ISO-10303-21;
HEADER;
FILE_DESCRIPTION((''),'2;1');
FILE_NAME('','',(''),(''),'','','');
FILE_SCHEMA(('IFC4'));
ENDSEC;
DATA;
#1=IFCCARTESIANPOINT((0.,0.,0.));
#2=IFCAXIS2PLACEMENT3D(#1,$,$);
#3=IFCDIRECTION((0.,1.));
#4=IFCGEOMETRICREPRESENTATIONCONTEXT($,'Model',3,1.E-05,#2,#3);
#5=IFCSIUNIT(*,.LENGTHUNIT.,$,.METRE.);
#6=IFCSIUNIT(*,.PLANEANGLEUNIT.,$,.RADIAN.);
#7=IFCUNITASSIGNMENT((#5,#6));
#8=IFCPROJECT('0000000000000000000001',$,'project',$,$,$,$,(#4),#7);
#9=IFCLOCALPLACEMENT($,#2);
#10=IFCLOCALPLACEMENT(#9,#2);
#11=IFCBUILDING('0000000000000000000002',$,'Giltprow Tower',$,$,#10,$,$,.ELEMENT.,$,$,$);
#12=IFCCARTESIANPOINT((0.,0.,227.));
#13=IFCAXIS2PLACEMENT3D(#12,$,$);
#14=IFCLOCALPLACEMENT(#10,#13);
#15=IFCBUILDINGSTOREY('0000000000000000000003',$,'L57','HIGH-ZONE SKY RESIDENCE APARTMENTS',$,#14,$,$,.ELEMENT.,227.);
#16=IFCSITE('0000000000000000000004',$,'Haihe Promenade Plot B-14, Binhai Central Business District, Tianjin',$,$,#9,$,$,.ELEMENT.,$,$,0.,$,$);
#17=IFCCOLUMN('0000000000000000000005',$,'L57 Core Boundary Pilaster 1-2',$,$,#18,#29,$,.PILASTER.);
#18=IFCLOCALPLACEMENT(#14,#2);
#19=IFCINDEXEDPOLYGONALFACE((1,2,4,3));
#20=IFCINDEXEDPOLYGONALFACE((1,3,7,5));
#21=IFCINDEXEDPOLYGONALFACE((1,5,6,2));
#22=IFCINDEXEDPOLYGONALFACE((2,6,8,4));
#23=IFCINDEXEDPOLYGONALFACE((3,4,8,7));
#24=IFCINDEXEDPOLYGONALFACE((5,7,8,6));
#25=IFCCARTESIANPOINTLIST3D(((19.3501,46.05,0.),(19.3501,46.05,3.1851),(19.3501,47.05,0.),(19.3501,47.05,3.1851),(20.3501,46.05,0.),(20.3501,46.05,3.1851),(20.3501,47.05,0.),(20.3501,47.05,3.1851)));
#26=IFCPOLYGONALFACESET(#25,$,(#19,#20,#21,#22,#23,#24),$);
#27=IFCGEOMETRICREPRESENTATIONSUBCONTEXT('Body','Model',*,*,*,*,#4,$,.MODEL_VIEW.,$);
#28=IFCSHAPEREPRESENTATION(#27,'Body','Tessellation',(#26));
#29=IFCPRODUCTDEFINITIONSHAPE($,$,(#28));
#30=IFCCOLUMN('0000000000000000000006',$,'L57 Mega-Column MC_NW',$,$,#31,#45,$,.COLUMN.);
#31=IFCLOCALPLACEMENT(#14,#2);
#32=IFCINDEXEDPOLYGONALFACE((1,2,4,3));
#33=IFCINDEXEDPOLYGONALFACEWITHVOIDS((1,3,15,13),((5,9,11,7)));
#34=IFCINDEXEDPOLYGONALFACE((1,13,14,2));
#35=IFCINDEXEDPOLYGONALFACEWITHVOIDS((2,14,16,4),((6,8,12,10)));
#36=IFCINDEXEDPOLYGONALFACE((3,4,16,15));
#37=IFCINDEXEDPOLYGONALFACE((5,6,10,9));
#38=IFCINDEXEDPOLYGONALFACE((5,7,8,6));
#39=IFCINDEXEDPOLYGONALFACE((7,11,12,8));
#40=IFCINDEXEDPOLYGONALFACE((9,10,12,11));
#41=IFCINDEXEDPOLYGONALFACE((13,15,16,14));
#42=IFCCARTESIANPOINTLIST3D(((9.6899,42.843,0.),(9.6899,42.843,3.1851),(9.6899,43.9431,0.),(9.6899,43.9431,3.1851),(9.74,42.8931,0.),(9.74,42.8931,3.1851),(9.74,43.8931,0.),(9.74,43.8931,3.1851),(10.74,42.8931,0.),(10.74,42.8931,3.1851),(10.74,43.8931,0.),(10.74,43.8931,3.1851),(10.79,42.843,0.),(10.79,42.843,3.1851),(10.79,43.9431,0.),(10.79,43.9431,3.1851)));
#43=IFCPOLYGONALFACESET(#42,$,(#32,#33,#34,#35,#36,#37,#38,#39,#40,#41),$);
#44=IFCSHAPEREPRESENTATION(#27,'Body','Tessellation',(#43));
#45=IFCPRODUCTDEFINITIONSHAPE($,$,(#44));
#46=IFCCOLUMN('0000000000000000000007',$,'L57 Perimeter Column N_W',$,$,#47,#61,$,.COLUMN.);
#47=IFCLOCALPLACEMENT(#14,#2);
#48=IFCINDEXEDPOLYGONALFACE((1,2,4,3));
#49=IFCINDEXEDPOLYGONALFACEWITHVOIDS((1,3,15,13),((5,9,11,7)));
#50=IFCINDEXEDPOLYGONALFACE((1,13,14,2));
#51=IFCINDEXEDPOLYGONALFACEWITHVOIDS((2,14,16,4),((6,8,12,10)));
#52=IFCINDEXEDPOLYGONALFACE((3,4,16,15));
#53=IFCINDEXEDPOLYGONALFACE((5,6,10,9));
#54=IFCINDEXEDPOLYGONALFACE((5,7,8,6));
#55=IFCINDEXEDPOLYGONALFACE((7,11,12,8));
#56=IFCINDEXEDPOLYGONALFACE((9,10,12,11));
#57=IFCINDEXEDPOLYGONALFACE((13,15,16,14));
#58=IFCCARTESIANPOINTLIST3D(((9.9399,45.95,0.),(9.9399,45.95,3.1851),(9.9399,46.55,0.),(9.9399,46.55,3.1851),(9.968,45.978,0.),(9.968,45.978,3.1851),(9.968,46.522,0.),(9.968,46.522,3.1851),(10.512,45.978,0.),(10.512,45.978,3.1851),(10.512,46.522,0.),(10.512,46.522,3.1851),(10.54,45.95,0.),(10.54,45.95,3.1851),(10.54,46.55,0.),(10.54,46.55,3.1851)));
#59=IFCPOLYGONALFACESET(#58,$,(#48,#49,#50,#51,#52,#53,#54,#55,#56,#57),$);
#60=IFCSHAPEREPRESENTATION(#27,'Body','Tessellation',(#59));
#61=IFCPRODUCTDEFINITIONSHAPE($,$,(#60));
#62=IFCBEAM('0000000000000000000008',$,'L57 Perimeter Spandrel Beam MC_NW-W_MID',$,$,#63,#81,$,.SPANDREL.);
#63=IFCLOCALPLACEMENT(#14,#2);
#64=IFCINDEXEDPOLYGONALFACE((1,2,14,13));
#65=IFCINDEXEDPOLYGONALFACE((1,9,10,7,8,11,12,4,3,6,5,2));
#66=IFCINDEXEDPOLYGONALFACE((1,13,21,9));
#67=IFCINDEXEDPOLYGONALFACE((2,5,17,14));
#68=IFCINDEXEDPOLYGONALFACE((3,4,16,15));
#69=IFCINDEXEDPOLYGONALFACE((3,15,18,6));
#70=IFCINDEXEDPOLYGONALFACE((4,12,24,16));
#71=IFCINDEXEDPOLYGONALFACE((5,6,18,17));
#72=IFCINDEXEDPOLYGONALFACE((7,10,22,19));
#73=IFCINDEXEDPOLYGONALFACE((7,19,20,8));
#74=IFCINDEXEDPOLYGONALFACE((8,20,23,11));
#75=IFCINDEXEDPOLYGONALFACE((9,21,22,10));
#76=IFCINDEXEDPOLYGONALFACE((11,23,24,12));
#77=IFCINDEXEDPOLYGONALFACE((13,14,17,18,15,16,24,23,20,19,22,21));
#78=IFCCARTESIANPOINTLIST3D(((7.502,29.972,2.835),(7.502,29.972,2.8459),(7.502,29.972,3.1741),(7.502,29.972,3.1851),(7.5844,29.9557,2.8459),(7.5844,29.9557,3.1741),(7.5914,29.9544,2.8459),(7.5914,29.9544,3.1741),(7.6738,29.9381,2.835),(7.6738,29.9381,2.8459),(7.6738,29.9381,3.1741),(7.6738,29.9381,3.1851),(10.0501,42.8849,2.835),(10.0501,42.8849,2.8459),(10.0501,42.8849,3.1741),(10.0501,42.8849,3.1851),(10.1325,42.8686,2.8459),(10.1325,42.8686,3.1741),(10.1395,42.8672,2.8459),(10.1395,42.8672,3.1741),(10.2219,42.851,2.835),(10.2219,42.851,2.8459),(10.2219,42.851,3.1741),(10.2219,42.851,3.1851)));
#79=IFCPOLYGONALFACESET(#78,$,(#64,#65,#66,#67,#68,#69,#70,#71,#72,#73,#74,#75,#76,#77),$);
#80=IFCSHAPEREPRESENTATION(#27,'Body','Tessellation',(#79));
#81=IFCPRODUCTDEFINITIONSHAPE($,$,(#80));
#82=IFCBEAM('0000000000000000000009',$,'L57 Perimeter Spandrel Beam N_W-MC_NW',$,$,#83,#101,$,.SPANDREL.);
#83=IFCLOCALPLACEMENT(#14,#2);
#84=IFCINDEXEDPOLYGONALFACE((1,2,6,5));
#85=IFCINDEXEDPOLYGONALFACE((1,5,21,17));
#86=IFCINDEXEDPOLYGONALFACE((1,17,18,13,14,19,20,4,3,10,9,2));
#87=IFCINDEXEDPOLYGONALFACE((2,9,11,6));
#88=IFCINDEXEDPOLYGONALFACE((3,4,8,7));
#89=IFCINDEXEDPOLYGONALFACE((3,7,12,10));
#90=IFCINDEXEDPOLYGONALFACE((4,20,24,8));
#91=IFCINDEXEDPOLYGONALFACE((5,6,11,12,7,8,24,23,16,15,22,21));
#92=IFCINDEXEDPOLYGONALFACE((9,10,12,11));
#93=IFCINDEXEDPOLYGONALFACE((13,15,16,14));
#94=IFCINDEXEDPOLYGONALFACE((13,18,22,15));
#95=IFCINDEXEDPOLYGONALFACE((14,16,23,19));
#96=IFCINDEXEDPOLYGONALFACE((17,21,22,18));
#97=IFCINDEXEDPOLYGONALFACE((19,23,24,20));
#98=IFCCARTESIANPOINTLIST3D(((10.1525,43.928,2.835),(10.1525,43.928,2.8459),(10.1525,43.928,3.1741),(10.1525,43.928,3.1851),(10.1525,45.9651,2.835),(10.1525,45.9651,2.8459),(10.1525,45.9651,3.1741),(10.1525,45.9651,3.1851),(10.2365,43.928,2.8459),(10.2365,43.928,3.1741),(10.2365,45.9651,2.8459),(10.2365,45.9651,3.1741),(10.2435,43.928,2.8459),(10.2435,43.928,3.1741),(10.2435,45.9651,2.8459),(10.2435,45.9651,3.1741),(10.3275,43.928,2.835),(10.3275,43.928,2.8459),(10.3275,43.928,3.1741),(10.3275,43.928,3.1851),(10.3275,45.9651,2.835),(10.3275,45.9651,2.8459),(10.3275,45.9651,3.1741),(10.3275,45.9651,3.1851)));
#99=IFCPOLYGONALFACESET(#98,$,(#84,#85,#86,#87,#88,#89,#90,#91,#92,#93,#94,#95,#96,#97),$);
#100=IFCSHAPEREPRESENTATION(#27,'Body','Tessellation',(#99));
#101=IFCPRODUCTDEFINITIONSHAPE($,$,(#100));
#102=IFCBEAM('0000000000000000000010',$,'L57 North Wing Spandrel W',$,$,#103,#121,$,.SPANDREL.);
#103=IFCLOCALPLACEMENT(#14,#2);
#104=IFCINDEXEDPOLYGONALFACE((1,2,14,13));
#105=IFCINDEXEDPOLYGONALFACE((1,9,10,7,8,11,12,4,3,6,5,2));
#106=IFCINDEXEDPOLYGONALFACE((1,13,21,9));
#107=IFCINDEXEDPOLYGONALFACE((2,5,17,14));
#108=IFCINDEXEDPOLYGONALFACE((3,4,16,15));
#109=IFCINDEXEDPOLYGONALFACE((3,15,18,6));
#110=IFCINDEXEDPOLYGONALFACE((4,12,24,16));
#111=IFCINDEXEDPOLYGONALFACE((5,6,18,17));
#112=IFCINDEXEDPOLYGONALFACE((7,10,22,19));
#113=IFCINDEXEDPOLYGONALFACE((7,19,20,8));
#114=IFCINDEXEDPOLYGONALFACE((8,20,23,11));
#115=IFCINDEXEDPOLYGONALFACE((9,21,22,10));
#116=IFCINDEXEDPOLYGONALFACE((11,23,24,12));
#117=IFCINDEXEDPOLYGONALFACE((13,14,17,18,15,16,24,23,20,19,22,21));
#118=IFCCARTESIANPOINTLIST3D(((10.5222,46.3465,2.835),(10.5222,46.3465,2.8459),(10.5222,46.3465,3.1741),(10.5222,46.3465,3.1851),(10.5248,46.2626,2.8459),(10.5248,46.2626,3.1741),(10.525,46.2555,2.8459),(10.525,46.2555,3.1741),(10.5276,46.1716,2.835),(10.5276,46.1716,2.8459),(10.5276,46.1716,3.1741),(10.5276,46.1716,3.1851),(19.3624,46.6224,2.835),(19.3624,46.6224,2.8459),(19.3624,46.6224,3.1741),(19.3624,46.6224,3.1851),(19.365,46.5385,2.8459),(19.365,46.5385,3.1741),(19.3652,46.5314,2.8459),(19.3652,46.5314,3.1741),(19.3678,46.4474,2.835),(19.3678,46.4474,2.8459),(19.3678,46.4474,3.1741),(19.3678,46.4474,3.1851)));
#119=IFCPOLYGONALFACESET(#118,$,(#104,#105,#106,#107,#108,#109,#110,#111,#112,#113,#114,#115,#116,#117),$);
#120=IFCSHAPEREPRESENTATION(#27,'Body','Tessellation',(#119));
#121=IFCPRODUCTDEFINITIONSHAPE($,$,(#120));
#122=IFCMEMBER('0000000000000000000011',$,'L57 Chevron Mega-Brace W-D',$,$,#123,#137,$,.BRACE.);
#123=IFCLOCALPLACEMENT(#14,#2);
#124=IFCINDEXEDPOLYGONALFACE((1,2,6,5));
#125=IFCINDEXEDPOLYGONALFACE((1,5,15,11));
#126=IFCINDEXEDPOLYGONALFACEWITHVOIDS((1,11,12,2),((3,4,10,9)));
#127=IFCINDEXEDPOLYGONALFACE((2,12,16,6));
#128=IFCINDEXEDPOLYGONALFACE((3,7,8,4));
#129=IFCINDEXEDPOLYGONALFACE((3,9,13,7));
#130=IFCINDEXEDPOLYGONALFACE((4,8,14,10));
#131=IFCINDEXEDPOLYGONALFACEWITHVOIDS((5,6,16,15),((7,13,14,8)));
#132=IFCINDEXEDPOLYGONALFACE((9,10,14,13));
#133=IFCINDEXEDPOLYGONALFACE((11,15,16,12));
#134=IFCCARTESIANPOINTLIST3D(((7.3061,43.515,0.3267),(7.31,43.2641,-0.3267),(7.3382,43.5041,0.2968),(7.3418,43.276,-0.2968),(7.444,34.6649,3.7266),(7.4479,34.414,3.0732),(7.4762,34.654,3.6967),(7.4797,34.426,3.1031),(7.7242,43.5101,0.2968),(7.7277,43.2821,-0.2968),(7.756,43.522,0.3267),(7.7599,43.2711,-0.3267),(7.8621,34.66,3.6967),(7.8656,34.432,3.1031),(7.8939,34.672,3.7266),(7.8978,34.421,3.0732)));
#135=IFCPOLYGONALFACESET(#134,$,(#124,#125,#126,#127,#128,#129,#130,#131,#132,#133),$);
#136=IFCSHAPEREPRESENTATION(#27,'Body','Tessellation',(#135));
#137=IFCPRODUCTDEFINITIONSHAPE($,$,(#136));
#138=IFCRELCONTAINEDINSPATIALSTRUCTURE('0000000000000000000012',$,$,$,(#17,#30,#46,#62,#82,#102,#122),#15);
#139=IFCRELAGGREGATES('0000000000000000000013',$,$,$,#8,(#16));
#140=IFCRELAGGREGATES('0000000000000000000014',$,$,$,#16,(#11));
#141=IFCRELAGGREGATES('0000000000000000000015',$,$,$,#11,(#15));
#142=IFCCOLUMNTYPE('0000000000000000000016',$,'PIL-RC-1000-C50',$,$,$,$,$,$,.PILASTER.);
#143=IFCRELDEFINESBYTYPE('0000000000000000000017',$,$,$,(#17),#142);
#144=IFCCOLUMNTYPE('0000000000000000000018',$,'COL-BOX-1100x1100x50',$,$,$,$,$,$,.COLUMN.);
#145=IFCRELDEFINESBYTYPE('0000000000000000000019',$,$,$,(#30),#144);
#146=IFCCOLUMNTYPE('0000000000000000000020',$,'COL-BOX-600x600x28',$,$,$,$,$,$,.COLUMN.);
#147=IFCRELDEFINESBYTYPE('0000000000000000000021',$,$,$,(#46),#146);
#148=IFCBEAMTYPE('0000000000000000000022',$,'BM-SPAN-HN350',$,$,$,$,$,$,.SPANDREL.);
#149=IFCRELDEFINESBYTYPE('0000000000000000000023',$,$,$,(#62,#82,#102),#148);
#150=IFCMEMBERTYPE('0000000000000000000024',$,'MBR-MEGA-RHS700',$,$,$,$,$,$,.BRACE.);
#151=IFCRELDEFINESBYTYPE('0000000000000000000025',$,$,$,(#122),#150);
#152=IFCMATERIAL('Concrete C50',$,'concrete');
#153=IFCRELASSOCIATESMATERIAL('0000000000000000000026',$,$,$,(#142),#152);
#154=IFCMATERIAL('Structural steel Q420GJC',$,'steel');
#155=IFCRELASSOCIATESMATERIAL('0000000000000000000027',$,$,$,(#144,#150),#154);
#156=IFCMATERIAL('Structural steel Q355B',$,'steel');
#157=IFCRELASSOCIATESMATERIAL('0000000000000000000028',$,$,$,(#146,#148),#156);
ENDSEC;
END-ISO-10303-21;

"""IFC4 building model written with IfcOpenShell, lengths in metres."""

from ifc_helpers import new_model, si_unit, direction, frame, origin, origin_2d, place, context, subcontext, project, spatial, rectangle, hollow_rectangle, i_section, extrude, source, transform, mapped, material, material_profile, profile_set, type_object, element, save


model = new_model("IFC4")

# Units and contexts
model_context = context("Model", 3, precision=1e-05, world=origin(), true_north=direction((0.0, 1.0)))
body_context = subcontext(model_context, "Body", "Model", "MODEL_VIEW")
ifc_project = project(units=[si_unit("LENGTHUNIT", "METRE"), si_unit("PLANEANGLEUNIT", "RADIAN")], contexts=[model_context])

# Site, building, storey
site_placement = place(None, origin())
site = spatial("IfcSite", under=ifc_project, at=site_placement, Name="Haihe Promenade Plot B-14, Binhai Central Business District, Tianjin", CompositionType="ELEMENT", RefElevation=0.0)
building_placement = place(site_placement, origin())
building = spatial("IfcBuilding", under=site, at=building_placement, Name="Giltprow Tower", CompositionType="ELEMENT")
storey_placement = place(building_placement, frame((0.0, 0.0, 227.0)))
storey = spatial("IfcBuildingStorey", under=building, at=storey_placement, Name="L57", Description="HIGH-ZONE SKY RESIDENCE APARTMENTS", CompositionType="ELEMENT", Elevation=227.0)

# Columns
ifc_material_1 = material(Name="Concrete C50", Category="concrete")
ifc_material_profile_1 = material_profile(ifc_material_1, rectangle(XDim=1.0, YDim=1.0, at=origin_2d()), Name="RC 1000x1000")
ifc_profile_set_1 = profile_set([ifc_material_profile_1], Name="Concrete C50")
column_type_1 = type_object("IfcColumnType", Name="PIL-RC-1000-C50", PredefinedType="PILASTER", material=ifc_profile_set_1)
shared_shape_1 = source(origin(), body_context, "Body", "SweptSolid", [
    extrude(rectangle(XDim=1.0, YDim=1.0, at=origin_2d()), origin(), (0.0, 0.0, 1.0), 3.1851),
])
column_1_placement = place(storey_placement, frame((19.8501, 46.55, 0.0), z_axis=(0.0, 0.0, 1.0), x_axis=(1.0, 0.0, 0.0)))
element("IfcColumn", 1, at=column_1_placement, inside=storey, type_object=column_type_1, Name="L57 Core Boundary Pilaster 1-2", PredefinedType="PILASTER", context=body_context, shape_type="MappedRepresentation", body=[
    mapped(shared_shape_1, transform((0.0, 0.0, 0.0), x_axis=(1.0, 0.0, 0.0), y_axis=(0.0, 1.0, 0.0), z_axis=(0.0, 0.0, 1.0), scale=1.0)),
])
ifc_material_2 = material(Name="Structural steel Q420GJC", Category="steel")
ifc_material_profile_2 = material_profile(ifc_material_2, hollow_rectangle(XDim=1.1001, YDim=1.1001, WallThickness=0.05, at=origin_2d()), Name="BOX 1100x1100x50")
ifc_profile_set_2 = profile_set([ifc_material_profile_2], Name="Structural steel Q420GJC")
column_type_2 = type_object("IfcColumnType", Name="COL-BOX-1100x1100x50", PredefinedType="COLUMN", material=ifc_profile_set_2)
shared_shape_2 = source(origin(), body_context, "Body", "SweptSolid", [
    extrude(hollow_rectangle(XDim=1.1001, YDim=1.1001, WallThickness=0.05, at=origin_2d()), origin(), (0.0, 0.0, 1.0), 3.1851),
])
column_2_placement = place(storey_placement, frame((10.24, 43.3931, 0.0), z_axis=(0.0, 0.0, 1.0), x_axis=(1.0, 0.0, 0.0)))
element("IfcColumn", 2, at=column_2_placement, inside=storey, type_object=column_type_2, Name="L57 Mega-Column MC_NW", PredefinedType="COLUMN", context=body_context, shape_type="MappedRepresentation", body=[
    mapped(shared_shape_2, transform((0.0, 0.0, 0.0), x_axis=(1.0, 0.0, 0.0), y_axis=(0.0, 1.0, 0.0), z_axis=(0.0, 0.0, 1.0), scale=1.0)),
])
ifc_material_3 = material(Name="Structural steel Q355B", Category="steel")
ifc_material_profile_3 = material_profile(ifc_material_3, hollow_rectangle(XDim=0.6001, YDim=0.6001, WallThickness=0.0281, at=origin_2d()), Name="BOX 600x600x28")
ifc_profile_set_3 = profile_set([ifc_material_profile_3], Name="Structural steel Q355B")
column_type_3 = type_object("IfcColumnType", Name="COL-BOX-600x600x28", PredefinedType="COLUMN", material=ifc_profile_set_3)
shared_shape_3 = source(origin(), body_context, "Body", "SweptSolid", [
    extrude(hollow_rectangle(XDim=0.6001, YDim=0.6001, WallThickness=0.0281, at=origin_2d()), origin(), (0.0, 0.0, 1.0), 3.1851),
])
column_3_placement = place(storey_placement, frame((10.24, 46.25, 0.0), z_axis=(0.0, 0.0, 1.0), x_axis=(1.0, 0.0, 0.0)))
element("IfcColumn", 3, at=column_3_placement, inside=storey, type_object=column_type_3, Name="L57 Perimeter Column N_W", PredefinedType="COLUMN", context=body_context, shape_type="MappedRepresentation", body=[
    mapped(shared_shape_3, transform((0.0, 0.0, 0.0), x_axis=(1.0, 0.0, 0.0), y_axis=(0.0, 1.0, 0.0), z_axis=(0.0, 0.0, 1.0), scale=1.0)),
])

# Beams
ifc_material_profile_4 = material_profile(ifc_material_3, i_section(OverallWidth=0.175, OverallDepth=0.3501, WebThickness=0.0071, FlangeThickness=0.011, at=origin_2d()), Name="HN 350x175x7x11")
ifc_profile_set_4 = profile_set([ifc_material_profile_4], Name="Structural steel Q355B")
beam_type = type_object("IfcBeamType", Name="BM-SPAN-HN350", PredefinedType="SPANDREL", material=ifc_profile_set_4)
shared_shape_4 = source(origin(), body_context, "Body", "SweptSolid", [
    extrude(i_section(OverallWidth=0.175, OverallDepth=0.3501, WebThickness=0.0071, FlangeThickness=0.011, at=origin_2d()), origin(), (0.0, 0.0, 1.0), 13.1619),
])
beam_1_placement = place(storey_placement, frame((10.136, 42.8679, 3.01), z_axis=(-0.193597, -0.981081, 0.0), x_axis=(0.981081, -0.193597, 0.0)))
element("IfcBeam", 4, at=beam_1_placement, inside=storey, type_object=beam_type, Name="L57 Perimeter Spandrel Beam MC_NW-W_MID", PredefinedType="SPANDREL", context=body_context, shape_type="MappedRepresentation", body=[
    mapped(shared_shape_4, transform((0.0, 0.0, 0.0), x_axis=(1.0, 0.0, 0.0), y_axis=(0.0, 1.0, 0.0), z_axis=(0.0, 0.0, 1.0), scale=1.0)),
])
shared_shape_5 = source(origin(), body_context, "Body", "SweptSolid", [
    extrude(i_section(OverallWidth=0.175, OverallDepth=0.3501, WebThickness=0.0071, FlangeThickness=0.011, at=origin_2d()), origin(), (0.0, 0.0, 1.0), 2.0371),
])
beam_2_placement = place(storey_placement, frame((10.24, 45.9651, 3.01), z_axis=(0.0, -1.0, 0.0), x_axis=(1.0, 0.0, 0.0)))
element("IfcBeam", 5, at=beam_2_placement, inside=storey, type_object=beam_type, Name="L57 Perimeter Spandrel Beam N_W-MC_NW", PredefinedType="SPANDREL", context=body_context, shape_type="MappedRepresentation", body=[
    mapped(shared_shape_5, transform((0.0, 0.0, 0.0), x_axis=(1.0, 0.0, 0.0), y_axis=(0.0, 1.0, 0.0), z_axis=(0.0, 0.0, 1.0), scale=1.0)),
])
shared_shape_6 = source(origin(), body_context, "Body", "SweptSolid", [
    extrude(i_section(OverallWidth=0.175, OverallDepth=0.3501, WebThickness=0.0071, FlangeThickness=0.011, at=origin_2d()), origin(), (0.0, 0.0, 1.0), 8.8445),
])
beam_3_placement = place(storey_placement, frame((10.5249, 46.259, 3.01), z_axis=(0.999513, 0.031193, 0.0), x_axis=(-0.031193, 0.999513, 0.0)))
element("IfcBeam", 6, at=beam_3_placement, inside=storey, type_object=beam_type, Name="L57 North Wing Spandrel W", PredefinedType="SPANDREL", context=body_context, shape_type="MappedRepresentation", body=[
    mapped(shared_shape_6, transform((0.0, 0.0, 0.0), x_axis=(1.0, 0.0, 0.0), y_axis=(0.0, 1.0, 0.0), z_axis=(0.0, 0.0, 1.0), scale=1.0)),
])

# Member
ifc_material_profile_5 = material_profile(ifc_material_2, hollow_rectangle(XDim=0.45, YDim=0.7, WallThickness=0.032, at=origin_2d()), Name="RHS 700x450x32")
ifc_profile_set_5 = profile_set([ifc_material_profile_5], Name="Structural steel Q420GJC")
member_type = type_object("IfcMemberType", Name="MBR-MEGA-RHS700", PredefinedType="BRACE", material=ifc_profile_set_5)
shared_shape_7 = source(origin(), body_context, "Body", "SweptSolid", [
    extrude(hollow_rectangle(XDim=0.45, YDim=0.7, WallThickness=0.032, at=origin_2d()), origin(), (0.0, 0.0, 1.0), 9.4817),
])
member_placement = place(storey_placement, frame((7.533, 43.3931, 0.0), z_axis=(0.014548, -0.933387, 0.358575), x_axis=(0.999879, 0.015584, 0.0)))
element("IfcMember", 7, at=member_placement, inside=storey, type_object=member_type, Name="L57 Chevron Mega-Brace W-D", PredefinedType="BRACE", context=body_context, shape_type="MappedRepresentation", body=[
    mapped(shared_shape_7, transform((0.0, 0.0, 0.0), x_axis=(1.0, 0.0, 0.0), y_axis=(0.0, 1.0, 0.0), z_axis=(0.0, 0.0, 1.0), scale=1.0)),
])

save(model, "model.ifc")
